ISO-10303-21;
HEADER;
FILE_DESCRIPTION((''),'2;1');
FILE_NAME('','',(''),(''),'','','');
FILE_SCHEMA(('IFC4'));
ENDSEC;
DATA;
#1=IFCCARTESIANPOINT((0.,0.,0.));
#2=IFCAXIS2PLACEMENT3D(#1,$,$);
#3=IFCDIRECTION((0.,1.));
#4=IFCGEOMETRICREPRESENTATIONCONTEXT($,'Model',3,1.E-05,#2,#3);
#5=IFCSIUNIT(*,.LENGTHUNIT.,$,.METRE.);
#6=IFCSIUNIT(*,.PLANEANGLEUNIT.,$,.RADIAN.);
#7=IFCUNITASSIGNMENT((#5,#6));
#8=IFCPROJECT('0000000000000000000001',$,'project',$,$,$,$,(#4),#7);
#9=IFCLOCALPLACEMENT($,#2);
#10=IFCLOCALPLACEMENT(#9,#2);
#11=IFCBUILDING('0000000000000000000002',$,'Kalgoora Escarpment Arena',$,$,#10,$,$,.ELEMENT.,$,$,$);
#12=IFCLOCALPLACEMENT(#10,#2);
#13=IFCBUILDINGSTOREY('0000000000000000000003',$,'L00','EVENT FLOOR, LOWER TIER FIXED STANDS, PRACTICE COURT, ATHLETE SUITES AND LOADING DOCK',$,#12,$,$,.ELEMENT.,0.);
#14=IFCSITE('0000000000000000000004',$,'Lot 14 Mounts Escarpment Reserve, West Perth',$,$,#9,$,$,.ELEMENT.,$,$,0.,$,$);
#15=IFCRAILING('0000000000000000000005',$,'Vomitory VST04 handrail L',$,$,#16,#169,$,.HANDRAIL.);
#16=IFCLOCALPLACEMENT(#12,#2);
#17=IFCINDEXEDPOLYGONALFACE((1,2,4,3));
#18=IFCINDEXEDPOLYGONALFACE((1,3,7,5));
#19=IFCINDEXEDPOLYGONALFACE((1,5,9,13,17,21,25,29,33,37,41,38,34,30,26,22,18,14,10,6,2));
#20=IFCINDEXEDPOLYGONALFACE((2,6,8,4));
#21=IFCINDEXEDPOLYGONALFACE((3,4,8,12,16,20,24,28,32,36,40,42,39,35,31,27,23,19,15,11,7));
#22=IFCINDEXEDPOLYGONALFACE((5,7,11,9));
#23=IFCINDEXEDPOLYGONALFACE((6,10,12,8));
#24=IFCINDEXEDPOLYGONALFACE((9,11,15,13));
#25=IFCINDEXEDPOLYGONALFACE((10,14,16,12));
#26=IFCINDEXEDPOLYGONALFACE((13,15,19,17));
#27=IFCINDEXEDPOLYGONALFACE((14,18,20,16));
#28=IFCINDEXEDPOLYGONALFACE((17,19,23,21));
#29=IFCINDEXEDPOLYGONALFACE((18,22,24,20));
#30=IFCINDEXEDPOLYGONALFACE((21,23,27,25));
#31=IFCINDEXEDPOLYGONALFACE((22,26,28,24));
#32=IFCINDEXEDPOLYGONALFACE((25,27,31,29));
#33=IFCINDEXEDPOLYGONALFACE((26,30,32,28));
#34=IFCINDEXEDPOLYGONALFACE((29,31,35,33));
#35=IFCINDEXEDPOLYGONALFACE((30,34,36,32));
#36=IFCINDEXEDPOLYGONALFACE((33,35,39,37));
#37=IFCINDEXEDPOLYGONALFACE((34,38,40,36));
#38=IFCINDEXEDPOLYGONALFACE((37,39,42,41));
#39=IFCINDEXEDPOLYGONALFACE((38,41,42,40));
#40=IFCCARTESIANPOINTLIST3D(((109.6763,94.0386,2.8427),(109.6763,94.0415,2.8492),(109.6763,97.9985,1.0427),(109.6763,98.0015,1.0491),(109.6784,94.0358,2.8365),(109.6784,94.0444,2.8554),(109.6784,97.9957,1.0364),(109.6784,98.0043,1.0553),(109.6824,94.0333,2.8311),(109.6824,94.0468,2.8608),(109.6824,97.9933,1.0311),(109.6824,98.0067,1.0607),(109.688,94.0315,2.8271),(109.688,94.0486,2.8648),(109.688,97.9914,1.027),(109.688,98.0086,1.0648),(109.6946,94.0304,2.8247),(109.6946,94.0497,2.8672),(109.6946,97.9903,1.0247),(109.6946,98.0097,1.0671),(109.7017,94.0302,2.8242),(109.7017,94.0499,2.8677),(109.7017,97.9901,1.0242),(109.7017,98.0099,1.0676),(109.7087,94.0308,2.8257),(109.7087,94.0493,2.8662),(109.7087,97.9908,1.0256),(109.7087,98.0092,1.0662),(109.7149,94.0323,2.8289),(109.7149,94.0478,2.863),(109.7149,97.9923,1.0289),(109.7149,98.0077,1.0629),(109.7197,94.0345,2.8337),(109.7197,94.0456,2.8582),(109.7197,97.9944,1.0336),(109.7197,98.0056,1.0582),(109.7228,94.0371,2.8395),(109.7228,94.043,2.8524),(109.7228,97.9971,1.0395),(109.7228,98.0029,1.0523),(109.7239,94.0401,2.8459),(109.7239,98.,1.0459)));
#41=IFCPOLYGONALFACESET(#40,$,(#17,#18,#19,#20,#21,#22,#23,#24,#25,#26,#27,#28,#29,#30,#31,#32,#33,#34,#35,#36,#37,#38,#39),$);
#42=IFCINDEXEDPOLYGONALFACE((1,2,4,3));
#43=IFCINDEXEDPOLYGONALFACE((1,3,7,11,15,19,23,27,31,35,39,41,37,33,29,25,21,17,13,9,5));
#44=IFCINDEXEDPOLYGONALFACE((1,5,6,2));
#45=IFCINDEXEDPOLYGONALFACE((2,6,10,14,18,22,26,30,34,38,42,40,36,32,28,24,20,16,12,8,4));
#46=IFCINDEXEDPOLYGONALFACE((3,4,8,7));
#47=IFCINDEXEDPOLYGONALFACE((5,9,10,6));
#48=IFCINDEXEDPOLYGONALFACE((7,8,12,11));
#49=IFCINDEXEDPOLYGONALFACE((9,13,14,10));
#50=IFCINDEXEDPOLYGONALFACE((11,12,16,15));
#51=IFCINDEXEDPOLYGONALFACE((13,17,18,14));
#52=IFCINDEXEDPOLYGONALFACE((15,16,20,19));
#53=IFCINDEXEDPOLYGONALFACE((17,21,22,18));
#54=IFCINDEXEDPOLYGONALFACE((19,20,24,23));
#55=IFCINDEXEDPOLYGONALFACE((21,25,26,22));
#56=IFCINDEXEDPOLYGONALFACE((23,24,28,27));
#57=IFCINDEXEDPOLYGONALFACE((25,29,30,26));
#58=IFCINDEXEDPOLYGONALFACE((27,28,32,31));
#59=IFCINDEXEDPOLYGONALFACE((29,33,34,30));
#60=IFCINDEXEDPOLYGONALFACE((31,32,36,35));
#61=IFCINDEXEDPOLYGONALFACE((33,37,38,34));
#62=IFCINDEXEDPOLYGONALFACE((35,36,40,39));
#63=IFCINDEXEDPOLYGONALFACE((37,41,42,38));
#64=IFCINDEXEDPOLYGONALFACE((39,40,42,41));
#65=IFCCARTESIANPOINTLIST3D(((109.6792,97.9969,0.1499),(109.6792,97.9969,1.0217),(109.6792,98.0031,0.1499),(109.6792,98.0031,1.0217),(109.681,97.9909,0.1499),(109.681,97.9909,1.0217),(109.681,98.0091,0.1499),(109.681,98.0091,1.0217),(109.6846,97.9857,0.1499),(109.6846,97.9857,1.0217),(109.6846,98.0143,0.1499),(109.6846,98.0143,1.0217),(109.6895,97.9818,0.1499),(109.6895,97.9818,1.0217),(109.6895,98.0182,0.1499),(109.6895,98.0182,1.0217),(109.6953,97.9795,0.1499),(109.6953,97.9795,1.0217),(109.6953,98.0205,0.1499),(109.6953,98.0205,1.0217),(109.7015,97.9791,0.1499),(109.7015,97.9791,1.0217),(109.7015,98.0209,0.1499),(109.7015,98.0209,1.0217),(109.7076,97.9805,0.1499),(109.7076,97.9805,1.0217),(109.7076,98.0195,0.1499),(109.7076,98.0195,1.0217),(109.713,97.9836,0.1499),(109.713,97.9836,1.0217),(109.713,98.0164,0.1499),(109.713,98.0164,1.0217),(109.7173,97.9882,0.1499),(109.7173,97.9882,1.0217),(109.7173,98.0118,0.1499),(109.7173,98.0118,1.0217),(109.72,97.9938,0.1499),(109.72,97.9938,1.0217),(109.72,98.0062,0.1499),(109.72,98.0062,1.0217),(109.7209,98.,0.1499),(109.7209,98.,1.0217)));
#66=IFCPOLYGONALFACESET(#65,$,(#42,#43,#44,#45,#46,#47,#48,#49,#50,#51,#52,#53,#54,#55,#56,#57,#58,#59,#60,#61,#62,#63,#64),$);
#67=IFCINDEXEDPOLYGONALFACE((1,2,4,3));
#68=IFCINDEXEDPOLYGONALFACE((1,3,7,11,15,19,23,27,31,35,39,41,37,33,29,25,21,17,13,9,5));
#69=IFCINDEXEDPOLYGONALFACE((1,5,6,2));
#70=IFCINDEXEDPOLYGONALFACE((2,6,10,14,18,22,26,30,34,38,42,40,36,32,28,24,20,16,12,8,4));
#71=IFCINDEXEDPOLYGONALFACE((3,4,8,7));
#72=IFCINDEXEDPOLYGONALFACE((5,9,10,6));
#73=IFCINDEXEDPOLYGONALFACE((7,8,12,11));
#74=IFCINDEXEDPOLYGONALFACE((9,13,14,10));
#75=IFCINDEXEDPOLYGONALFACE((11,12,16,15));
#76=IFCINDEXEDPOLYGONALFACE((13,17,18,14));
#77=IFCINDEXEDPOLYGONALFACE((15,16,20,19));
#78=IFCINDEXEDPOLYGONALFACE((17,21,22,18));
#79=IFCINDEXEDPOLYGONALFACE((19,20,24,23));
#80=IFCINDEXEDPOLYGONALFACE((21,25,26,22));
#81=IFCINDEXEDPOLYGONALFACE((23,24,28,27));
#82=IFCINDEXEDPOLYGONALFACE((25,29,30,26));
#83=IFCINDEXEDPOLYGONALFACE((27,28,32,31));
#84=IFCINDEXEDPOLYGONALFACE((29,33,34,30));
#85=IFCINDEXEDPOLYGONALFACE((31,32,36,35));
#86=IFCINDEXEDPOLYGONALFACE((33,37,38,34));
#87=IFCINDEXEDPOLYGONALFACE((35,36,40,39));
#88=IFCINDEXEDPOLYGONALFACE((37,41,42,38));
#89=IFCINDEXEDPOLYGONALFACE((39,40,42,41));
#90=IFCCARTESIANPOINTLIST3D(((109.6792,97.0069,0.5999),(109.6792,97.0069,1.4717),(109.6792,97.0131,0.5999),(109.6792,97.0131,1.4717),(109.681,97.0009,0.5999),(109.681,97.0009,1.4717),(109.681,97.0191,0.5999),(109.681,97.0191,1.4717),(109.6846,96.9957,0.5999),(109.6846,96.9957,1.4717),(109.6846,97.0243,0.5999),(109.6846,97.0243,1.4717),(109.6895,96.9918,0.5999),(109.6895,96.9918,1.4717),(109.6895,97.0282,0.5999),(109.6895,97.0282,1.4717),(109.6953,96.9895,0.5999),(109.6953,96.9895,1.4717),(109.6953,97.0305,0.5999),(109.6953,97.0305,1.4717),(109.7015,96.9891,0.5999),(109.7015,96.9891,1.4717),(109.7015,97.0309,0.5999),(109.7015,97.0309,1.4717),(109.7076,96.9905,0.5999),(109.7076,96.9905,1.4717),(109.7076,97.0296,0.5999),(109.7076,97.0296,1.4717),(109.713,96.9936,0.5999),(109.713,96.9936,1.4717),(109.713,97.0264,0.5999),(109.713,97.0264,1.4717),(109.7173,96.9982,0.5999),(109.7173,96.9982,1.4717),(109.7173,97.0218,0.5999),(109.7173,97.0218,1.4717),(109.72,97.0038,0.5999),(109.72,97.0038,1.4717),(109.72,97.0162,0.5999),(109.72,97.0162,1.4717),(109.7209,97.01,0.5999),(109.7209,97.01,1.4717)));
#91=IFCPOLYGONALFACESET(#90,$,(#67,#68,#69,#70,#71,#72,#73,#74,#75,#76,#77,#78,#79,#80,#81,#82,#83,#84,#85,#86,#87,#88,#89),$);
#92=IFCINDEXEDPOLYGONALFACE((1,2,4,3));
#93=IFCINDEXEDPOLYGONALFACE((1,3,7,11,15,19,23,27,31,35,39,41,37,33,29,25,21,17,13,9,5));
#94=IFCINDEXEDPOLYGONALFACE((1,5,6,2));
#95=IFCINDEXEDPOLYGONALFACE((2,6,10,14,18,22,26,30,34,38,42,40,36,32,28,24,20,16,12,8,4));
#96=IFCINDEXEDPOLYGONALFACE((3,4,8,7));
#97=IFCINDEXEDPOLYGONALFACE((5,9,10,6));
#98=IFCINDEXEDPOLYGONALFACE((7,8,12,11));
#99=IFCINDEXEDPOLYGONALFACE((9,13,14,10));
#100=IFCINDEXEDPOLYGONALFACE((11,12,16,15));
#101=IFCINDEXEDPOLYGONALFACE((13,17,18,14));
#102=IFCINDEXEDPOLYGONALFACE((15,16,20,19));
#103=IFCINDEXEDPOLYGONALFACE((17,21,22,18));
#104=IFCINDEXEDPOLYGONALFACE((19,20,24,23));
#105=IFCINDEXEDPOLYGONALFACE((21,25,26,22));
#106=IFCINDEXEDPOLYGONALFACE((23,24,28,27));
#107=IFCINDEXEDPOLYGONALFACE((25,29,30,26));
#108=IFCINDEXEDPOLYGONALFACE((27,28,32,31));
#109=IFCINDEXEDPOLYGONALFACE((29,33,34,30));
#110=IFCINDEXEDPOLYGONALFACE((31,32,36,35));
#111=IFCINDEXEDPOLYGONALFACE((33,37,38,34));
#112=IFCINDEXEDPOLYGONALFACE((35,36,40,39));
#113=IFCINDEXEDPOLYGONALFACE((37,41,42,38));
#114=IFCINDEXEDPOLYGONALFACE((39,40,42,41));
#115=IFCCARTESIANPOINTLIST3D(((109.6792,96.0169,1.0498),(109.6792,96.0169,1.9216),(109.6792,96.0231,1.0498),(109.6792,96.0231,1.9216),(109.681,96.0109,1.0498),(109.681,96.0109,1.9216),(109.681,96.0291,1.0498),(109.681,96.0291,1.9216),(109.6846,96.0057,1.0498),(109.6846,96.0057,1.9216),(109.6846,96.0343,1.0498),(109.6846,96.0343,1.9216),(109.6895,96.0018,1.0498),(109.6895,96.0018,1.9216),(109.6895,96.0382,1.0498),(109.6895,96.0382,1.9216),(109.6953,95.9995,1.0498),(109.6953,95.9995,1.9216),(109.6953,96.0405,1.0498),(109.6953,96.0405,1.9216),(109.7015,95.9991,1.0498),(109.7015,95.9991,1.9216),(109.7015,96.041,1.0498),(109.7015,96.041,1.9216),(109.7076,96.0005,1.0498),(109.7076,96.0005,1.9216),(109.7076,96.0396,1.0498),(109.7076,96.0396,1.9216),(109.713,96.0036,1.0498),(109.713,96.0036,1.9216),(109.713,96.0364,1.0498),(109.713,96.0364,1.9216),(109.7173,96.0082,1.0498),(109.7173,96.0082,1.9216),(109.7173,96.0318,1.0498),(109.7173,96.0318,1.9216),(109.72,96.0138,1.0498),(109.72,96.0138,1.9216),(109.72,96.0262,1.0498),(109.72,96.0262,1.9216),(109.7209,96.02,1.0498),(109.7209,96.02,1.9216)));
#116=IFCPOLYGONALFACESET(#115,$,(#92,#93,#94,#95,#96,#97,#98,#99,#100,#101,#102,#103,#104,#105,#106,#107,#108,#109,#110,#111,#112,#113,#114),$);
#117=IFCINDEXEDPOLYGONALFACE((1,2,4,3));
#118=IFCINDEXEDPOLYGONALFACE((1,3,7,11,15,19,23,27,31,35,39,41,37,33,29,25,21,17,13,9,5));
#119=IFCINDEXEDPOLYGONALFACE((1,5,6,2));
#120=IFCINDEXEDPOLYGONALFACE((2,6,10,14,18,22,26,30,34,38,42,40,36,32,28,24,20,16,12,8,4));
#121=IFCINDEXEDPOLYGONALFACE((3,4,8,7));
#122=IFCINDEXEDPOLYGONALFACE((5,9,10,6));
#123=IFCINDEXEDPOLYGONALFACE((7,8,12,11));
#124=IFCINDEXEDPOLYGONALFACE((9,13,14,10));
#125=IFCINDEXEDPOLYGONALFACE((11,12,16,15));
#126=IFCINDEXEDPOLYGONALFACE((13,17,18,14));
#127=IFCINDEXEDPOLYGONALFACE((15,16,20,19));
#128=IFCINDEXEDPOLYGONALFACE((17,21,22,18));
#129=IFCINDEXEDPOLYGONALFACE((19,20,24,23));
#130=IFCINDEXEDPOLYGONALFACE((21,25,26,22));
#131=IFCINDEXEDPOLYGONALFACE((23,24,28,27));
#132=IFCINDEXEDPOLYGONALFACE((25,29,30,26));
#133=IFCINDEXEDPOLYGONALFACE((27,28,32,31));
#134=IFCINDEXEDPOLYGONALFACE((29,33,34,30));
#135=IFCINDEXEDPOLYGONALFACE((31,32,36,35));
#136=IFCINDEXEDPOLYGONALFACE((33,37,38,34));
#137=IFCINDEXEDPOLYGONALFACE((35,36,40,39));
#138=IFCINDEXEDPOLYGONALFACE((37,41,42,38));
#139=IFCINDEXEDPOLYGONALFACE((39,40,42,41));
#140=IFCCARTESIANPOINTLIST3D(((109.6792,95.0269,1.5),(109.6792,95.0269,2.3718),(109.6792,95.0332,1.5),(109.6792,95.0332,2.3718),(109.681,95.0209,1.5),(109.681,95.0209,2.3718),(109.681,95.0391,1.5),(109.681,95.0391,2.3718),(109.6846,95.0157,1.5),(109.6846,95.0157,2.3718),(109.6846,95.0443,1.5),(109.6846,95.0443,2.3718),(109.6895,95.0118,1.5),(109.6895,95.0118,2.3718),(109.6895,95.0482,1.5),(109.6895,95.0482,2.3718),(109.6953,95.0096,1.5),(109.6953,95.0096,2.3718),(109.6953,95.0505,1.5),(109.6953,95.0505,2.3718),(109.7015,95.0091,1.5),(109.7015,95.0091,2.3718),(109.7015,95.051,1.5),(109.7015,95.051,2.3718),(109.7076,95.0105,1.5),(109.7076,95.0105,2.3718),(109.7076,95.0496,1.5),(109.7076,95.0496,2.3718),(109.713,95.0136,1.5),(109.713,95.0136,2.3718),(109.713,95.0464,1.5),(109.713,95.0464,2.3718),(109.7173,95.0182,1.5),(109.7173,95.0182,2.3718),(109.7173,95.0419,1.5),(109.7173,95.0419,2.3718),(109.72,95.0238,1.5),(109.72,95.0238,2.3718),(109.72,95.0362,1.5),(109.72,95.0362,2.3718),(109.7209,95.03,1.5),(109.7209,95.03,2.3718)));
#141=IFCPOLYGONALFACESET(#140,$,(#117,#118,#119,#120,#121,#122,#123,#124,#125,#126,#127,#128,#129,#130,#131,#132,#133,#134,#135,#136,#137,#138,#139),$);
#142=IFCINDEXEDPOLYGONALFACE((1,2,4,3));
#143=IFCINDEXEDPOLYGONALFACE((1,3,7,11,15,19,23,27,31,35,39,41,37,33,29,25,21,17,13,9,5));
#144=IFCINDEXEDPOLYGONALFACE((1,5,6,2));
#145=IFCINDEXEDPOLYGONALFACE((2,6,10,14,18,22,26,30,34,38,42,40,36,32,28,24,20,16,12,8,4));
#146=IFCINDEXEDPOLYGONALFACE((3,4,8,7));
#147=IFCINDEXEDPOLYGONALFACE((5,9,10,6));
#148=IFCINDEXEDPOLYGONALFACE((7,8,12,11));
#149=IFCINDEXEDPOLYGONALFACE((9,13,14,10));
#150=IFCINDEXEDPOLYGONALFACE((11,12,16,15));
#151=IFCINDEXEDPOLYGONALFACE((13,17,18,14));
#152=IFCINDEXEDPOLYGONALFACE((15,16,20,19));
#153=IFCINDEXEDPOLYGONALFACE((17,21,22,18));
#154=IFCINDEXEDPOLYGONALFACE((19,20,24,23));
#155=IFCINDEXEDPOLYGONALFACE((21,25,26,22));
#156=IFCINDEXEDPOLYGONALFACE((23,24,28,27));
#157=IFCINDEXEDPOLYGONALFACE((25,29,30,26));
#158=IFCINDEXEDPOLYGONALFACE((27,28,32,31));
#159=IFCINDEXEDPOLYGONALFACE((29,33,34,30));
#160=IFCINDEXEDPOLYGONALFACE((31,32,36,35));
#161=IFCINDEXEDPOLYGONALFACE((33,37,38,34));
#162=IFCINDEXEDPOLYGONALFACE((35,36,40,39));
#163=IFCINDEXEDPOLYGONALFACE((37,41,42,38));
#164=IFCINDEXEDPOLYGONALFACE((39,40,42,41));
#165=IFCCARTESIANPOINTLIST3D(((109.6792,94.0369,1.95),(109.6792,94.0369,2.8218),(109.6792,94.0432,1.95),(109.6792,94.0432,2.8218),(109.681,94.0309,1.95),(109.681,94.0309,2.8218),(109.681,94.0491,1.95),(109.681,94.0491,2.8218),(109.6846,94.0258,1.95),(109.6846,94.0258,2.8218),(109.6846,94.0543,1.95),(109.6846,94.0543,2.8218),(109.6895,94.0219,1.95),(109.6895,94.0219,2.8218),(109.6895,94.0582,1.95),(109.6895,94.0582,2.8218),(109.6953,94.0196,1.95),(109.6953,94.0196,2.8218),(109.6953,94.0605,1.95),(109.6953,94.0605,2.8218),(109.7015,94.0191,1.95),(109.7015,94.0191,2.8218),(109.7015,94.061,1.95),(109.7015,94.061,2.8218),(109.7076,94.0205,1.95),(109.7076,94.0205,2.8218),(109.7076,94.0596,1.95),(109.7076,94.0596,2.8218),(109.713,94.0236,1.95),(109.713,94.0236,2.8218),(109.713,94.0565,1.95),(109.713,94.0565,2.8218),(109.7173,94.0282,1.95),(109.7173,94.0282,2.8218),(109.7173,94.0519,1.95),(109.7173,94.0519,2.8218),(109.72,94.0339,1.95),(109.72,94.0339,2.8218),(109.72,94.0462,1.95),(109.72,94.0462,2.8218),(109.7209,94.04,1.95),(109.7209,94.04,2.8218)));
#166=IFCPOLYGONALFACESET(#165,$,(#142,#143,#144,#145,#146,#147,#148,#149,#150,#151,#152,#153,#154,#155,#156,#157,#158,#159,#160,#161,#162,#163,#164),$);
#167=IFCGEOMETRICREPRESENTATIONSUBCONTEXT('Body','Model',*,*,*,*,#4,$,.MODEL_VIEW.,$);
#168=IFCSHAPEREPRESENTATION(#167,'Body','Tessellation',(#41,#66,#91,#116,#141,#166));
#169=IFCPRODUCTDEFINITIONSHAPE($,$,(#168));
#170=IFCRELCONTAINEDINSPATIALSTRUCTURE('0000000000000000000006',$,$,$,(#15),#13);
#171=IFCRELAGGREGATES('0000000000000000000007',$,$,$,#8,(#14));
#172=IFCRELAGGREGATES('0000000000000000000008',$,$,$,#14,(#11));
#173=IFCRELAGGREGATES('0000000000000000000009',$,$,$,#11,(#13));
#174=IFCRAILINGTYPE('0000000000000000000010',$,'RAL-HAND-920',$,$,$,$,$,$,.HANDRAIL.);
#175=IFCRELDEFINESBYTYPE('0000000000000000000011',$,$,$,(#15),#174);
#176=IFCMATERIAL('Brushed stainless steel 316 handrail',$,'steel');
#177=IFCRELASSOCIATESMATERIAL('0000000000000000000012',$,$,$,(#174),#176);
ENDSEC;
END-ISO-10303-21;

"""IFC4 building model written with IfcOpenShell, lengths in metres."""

from ifc_helpers import new_model, si_unit, direction, frame, origin, origin_2d, place, context, subcontext, project, spatial, circle, extrude, material, type_object, element, save


model = new_model("IFC4")

# Units and contexts
model_context = context("Model", 3, precision=1e-05, world=origin(), true_north=direction((0.0, 1.0)))
body_context = subcontext(model_context, "Body", "Model", "MODEL_VIEW")
ifc_project = project(units=[si_unit("LENGTHUNIT", "METRE"), si_unit("PLANEANGLEUNIT", "RADIAN")], contexts=[model_context])

# Site, building, storey
site_placement = place(None, origin())
site = spatial("IfcSite", under=ifc_project, at=site_placement, Name="Lot 14 Mounts Escarpment Reserve, West Perth", CompositionType="ELEMENT", RefElevation=0.0)
building_placement = place(site_placement, origin())
building = spatial("IfcBuilding", under=site, at=building_placement, Name="Kalgoora Escarpment Arena", CompositionType="ELEMENT")
storey_placement = place(building_placement, origin())
storey = spatial("IfcBuildingStorey", under=building, at=storey_placement, Name="L00", Description="EVENT FLOOR, LOWER TIER FIXED STANDS, PRACTICE COURT, ATHLETE SUITES AND LOADING DOCK", CompositionType="ELEMENT", Elevation=0.0)

# Railing
ifc_material_1 = material(Name="Brushed stainless steel 316 handrail", Category="steel")
railing_type_1 = type_object("IfcRailingType", Name="RAL-HAND-920", PredefinedType="HANDRAIL", material=ifc_material_1)
for number, where, name in (
    (1, (109.7, 98.0, 0.1499), "Vomitory VST04 handrail L"),
):
    element("IfcRailing", number, at=place(storey_placement, frame(where)), inside=storey, type_object=railing_type_1, Name=name, PredefinedType="HANDRAIL", context=body_context, shape_type="SweptSolid", body=[
        extrude(circle(Radius=0.0239, at=origin_2d()), frame((0.0, 0.0, 0.896), z_axis=(0.0, -0.910361, 0.413816), x_axis=(1.0, 0.0, 0.0)), (0.0, 0.0, 1.0), 4.3499),
        extrude(circle(Radius=0.021, at=origin_2d()), origin(), (0.0, 0.0, 1.0), 0.8718),
        extrude(circle(Radius=0.021, at=origin_2d()), frame((0.0, -0.99, 0.45)), (0.0, 0.0, 1.0), 0.8718),
        extrude(circle(Radius=0.021, at=origin_2d()), frame((0.0, -1.98, 0.8999)), (0.0, 0.0, 1.0), 0.8718),
        extrude(circle(Radius=0.021, at=origin_2d()), frame((0.0, -2.97, 1.3501)), (0.0, 0.0, 1.0), 0.8718),
        extrude(circle(Radius=0.021, at=origin_2d()), frame((0.0, -3.96, 1.8)), (0.0, 0.0, 1.0), 0.8718),
    ])

save(model, "model.ifc")
